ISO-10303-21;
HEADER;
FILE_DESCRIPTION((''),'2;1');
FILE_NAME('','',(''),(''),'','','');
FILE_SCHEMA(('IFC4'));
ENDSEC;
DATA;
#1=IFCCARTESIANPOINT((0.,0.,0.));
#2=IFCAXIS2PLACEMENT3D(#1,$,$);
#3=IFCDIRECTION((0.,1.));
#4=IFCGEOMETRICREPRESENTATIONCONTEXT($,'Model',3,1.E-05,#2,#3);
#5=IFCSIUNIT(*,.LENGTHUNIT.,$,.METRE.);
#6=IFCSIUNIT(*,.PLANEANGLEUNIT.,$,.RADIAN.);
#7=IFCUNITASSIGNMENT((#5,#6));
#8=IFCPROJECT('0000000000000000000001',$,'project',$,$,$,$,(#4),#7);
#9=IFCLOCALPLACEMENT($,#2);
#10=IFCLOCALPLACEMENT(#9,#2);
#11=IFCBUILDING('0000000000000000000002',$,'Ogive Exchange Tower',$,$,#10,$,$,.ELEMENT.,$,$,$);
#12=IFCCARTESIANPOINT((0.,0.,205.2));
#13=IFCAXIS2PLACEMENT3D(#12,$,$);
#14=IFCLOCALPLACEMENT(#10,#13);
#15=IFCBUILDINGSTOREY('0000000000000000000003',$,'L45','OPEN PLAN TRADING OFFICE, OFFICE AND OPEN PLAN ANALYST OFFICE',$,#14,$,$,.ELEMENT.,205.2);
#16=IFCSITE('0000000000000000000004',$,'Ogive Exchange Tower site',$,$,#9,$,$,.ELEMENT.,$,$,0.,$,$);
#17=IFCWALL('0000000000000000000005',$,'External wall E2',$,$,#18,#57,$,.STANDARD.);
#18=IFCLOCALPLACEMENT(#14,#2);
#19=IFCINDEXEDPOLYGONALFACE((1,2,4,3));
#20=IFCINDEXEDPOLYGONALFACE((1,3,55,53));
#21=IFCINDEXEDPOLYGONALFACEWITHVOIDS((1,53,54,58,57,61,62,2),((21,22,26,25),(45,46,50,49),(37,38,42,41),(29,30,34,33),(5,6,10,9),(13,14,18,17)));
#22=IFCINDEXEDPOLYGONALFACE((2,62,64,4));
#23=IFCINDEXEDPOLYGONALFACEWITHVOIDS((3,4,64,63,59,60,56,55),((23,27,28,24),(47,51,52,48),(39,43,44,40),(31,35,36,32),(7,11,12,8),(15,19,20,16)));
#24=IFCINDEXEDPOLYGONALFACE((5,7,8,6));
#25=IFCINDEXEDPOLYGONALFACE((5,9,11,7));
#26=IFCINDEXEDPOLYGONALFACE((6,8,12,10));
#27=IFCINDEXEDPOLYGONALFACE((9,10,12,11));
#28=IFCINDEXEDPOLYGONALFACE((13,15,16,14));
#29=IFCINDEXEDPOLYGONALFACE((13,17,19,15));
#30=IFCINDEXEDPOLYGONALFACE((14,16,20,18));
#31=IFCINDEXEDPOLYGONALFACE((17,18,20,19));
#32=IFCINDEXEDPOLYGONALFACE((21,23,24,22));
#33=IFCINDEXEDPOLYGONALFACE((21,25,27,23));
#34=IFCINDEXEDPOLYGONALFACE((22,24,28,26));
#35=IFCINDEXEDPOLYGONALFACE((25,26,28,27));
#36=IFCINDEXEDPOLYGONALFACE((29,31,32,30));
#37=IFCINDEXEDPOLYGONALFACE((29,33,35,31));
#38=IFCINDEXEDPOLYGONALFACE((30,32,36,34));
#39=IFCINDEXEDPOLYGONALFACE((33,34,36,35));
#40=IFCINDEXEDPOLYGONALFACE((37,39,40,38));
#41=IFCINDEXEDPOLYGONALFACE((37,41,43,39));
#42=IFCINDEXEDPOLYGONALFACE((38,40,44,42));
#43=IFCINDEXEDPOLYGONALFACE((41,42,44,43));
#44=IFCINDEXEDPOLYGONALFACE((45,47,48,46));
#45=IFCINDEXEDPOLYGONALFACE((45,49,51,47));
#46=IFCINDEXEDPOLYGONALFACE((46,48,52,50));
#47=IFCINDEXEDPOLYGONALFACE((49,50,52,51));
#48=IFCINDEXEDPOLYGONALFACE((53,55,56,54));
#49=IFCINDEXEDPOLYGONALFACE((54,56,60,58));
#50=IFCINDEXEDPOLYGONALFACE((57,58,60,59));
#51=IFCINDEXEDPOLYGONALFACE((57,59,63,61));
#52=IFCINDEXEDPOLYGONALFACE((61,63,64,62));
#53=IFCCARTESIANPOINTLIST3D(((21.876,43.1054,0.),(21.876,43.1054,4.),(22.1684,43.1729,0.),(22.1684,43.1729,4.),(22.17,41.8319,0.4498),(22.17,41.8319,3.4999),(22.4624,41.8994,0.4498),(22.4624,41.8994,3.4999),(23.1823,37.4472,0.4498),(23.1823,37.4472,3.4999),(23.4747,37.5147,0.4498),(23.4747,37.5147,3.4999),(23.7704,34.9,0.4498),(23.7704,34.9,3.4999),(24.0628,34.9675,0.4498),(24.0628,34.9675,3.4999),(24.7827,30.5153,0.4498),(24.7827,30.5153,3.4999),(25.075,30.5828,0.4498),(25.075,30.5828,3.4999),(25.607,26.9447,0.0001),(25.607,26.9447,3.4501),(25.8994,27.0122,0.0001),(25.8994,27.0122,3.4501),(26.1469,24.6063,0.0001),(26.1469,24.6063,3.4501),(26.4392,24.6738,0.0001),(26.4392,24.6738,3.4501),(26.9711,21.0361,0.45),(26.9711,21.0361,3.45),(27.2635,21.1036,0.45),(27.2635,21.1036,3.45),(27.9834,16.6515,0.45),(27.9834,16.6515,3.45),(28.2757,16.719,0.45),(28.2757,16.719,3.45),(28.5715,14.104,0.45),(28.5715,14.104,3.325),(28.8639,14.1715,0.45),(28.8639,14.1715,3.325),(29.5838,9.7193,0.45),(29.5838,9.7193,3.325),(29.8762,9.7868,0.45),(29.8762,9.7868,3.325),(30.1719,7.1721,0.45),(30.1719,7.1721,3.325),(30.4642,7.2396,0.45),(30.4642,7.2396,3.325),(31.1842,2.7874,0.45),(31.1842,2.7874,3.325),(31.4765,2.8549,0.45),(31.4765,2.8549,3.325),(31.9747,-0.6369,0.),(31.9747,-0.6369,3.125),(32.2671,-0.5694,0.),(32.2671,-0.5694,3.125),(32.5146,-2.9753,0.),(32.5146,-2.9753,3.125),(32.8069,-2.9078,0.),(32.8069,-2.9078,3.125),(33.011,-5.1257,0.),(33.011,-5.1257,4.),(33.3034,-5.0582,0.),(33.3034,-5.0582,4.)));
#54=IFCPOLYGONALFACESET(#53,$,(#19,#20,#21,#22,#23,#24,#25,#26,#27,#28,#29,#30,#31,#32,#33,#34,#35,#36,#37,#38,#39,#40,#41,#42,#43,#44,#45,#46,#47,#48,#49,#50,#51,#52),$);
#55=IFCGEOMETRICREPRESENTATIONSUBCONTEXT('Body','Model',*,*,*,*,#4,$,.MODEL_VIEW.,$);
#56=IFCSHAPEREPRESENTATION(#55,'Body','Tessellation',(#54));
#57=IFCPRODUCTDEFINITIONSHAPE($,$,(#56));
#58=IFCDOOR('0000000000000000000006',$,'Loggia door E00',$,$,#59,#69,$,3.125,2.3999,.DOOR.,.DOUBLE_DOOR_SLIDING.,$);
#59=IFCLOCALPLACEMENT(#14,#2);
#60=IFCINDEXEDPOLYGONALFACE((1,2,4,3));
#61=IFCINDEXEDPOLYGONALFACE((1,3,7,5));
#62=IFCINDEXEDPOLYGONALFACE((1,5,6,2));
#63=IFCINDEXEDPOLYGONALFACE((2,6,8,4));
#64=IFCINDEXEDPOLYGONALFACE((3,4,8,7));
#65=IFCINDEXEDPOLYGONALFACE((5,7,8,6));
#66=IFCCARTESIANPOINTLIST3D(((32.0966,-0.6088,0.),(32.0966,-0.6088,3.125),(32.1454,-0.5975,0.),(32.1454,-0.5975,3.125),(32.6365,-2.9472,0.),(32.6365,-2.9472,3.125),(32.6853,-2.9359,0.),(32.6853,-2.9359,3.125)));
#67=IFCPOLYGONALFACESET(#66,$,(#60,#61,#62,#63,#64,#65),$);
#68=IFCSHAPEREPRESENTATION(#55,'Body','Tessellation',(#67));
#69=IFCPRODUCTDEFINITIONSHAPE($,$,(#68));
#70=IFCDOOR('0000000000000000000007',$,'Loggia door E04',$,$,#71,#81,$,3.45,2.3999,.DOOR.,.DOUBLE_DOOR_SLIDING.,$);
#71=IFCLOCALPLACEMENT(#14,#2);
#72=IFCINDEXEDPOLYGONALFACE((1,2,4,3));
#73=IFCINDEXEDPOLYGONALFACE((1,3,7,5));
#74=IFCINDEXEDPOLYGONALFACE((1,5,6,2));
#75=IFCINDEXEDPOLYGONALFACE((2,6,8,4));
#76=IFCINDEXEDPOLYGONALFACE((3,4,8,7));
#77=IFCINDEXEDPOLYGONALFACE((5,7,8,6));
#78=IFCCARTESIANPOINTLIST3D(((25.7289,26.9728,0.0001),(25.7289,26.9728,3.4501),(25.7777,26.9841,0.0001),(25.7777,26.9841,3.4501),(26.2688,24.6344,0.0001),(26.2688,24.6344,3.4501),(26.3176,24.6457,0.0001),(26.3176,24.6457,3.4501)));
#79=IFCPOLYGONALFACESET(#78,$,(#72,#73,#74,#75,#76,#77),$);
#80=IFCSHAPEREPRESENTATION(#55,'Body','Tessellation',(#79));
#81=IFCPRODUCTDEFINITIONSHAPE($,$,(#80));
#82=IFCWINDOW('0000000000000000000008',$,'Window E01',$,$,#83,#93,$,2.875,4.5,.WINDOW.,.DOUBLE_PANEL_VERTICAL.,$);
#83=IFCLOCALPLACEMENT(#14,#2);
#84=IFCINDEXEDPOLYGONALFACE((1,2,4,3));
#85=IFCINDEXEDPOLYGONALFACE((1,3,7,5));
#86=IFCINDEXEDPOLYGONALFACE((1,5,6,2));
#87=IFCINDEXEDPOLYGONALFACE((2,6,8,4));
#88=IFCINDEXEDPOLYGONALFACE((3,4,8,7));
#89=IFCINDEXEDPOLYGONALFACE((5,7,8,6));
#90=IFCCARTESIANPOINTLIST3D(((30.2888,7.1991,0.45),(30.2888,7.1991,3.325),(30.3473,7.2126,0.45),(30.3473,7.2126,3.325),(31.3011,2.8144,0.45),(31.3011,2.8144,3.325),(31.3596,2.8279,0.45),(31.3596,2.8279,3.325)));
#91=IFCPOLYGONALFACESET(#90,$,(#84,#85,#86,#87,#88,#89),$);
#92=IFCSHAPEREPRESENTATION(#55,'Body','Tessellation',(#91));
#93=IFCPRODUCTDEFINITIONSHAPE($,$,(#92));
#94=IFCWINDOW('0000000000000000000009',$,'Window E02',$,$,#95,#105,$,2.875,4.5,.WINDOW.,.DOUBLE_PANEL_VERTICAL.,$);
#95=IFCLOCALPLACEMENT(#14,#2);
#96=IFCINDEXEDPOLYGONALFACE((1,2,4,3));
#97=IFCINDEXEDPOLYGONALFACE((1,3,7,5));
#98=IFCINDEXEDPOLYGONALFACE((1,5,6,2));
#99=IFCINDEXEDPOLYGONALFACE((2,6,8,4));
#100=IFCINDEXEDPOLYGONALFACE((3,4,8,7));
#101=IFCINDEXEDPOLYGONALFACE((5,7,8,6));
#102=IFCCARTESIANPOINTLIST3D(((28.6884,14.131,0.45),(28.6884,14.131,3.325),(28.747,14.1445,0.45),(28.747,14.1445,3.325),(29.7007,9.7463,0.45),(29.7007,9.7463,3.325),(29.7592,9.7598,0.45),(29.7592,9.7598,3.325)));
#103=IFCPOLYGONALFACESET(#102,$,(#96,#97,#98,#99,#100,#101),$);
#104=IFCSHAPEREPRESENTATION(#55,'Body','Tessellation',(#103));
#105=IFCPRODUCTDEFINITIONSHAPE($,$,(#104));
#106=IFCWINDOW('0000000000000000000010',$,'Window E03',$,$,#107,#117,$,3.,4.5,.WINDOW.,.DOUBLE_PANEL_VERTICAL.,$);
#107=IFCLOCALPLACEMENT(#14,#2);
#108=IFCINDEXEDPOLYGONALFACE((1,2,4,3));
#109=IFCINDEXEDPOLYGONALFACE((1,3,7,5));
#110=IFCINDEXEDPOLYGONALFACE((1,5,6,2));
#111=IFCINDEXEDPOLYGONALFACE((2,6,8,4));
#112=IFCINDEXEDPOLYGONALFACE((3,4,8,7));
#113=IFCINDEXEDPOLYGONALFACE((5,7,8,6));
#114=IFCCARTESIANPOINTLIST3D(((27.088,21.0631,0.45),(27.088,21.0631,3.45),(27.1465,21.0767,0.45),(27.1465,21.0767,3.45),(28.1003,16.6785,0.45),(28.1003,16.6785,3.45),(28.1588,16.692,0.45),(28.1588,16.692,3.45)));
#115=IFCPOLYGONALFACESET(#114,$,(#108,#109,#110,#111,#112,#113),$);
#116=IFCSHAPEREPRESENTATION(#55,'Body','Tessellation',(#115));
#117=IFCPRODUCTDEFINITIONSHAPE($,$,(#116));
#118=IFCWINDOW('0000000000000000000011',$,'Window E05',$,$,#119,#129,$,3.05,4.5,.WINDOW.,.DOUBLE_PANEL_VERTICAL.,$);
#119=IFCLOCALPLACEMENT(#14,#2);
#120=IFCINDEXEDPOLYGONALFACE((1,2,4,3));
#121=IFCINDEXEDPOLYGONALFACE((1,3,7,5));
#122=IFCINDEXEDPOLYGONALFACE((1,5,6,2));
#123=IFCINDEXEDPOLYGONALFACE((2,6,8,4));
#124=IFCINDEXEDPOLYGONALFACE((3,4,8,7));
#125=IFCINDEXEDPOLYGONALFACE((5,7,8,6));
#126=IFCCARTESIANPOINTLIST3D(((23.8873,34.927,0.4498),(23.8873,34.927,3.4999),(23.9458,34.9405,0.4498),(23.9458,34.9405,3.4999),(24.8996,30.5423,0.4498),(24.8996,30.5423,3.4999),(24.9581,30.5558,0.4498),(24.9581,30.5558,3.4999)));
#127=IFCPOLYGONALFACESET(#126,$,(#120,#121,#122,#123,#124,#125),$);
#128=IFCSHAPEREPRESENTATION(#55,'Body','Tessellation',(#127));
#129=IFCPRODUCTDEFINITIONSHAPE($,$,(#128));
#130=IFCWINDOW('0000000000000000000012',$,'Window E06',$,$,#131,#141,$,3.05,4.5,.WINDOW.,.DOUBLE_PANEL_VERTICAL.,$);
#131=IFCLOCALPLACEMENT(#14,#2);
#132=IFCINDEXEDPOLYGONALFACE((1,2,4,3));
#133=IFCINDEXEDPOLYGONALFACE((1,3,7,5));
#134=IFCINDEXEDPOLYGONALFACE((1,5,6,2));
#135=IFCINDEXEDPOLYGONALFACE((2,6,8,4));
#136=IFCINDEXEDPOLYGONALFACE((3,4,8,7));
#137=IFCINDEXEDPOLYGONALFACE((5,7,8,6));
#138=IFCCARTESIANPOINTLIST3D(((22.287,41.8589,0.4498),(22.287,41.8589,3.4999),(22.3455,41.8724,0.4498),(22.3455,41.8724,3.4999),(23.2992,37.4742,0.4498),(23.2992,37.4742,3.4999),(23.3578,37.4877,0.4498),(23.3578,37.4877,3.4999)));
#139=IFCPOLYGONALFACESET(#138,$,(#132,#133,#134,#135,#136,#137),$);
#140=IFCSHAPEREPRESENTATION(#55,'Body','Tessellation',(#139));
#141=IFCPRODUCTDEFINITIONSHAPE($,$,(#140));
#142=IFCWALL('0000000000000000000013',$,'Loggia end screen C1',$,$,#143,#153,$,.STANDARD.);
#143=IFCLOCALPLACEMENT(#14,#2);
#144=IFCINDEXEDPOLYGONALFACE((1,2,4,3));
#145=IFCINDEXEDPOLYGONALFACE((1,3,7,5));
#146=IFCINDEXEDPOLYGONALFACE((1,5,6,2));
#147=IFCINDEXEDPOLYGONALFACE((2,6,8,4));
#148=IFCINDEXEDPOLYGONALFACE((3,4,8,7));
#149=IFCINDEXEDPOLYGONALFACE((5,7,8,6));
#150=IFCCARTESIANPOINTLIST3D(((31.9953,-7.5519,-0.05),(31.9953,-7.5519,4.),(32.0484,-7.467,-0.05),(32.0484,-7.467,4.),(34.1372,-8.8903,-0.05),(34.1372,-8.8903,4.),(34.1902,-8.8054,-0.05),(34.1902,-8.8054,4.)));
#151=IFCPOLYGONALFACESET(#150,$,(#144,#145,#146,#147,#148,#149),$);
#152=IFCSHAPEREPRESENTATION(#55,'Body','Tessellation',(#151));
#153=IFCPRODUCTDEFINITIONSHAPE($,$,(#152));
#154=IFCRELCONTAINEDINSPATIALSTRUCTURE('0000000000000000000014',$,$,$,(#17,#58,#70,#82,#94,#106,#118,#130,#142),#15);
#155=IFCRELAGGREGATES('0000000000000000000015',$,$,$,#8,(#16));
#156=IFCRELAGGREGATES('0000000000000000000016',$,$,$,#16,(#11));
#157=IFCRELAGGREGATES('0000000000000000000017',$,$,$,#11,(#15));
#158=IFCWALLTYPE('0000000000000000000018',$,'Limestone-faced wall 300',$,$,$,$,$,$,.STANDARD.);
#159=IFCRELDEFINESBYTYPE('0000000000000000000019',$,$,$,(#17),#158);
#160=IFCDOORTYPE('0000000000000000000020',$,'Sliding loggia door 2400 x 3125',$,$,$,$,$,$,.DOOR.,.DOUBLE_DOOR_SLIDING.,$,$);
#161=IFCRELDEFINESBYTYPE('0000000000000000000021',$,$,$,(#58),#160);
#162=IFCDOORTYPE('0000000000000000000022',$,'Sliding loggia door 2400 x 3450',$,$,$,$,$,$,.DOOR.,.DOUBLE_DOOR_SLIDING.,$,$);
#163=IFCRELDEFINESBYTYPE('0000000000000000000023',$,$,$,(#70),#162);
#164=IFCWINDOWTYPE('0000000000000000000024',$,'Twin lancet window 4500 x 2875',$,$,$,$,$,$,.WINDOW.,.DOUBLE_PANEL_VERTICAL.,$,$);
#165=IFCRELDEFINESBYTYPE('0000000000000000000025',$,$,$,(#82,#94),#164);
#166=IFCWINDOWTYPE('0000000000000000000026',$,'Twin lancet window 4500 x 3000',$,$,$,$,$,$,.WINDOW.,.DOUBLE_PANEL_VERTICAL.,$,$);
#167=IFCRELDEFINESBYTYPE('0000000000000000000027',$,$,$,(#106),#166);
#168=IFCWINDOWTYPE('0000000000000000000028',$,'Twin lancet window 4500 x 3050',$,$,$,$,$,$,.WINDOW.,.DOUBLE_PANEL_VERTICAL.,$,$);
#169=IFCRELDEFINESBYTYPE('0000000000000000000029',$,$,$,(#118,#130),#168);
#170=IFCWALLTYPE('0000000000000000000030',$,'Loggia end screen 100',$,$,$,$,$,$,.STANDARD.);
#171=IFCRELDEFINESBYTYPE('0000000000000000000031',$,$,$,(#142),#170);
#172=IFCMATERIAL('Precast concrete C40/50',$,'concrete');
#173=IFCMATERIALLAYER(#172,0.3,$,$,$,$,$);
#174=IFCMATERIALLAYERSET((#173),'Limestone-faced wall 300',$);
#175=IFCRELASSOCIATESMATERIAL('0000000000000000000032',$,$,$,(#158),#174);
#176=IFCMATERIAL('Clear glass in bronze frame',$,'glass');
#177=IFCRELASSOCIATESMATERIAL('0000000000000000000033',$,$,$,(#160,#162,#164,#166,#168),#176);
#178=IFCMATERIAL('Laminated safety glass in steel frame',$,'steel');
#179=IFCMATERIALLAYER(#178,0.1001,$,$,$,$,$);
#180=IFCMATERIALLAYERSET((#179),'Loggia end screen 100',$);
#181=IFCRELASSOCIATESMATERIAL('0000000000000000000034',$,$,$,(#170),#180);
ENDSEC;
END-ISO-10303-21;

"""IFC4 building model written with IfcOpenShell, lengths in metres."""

from ifc_helpers import new_model, si_unit, direction, frame, frame_2d, origin, place, context, subcontext, project, spatial, rectangle, extrude, material, layer, layer_set, type_object, element, fill, save


model = new_model("IFC4")

# Units and contexts
model_context = context("Model", 3, precision=1e-05, world=origin(), true_north=direction((0.0, 1.0)))
body_context = subcontext(model_context, "Body", "Model", "MODEL_VIEW")
ifc_project = project(units=[si_unit("LENGTHUNIT", "METRE"), si_unit("PLANEANGLEUNIT", "RADIAN")], contexts=[model_context])

# Site, building, storey
site_placement = place(None, origin())
site = spatial("IfcSite", under=ifc_project, at=site_placement, Name="Ogive Exchange Tower site", CompositionType="ELEMENT", RefElevation=0.0)
building_placement = place(site_placement, origin())
building = spatial("IfcBuilding", under=site, at=building_placement, Name="Ogive Exchange Tower", CompositionType="ELEMENT")
storey_placement = place(building_placement, frame((0.0, 0.0, 205.2)))
storey = spatial("IfcBuildingStorey", under=building, at=storey_placement, Name="L45", Description="OPEN PLAN TRADING OFFICE, OFFICE AND OPEN PLAN ANALYST OFFICE", CompositionType="ELEMENT", Elevation=205.2)

# Wall, openings, doors, windows
ifc_material_1 = material(Name="Precast concrete C40/50", Category="concrete")
ifc_layer_1 = layer(ifc_material_1, 0.3)
ifc_layer_set_1 = layer_set([ifc_layer_1], Name="Limestone-faced wall 300")
wall_type_1 = type_object("IfcWallType", Name="Limestone-faced wall 300", PredefinedType="STANDARD", material=ifc_layer_set_1)
wall_1_placement = place(storey_placement, frame((33.1572, -5.092, 0.0), z_axis=(0.0, 0.0, 1.0), x_axis=(-0.22495, 0.97437, 0.0)))
wall_1 = element("IfcWall", 1, at=wall_1_placement, inside=storey, type_object=wall_type_1, Name="External wall E2", PredefinedType="STANDARD", context=body_context, shape_type="SweptSolid", body=[
    extrude(rectangle(XDim=49.4998, YDim=0.3, at=frame_2d((24.75, 0.0))), origin(), (0.0, 0.0, 1.0), 4.0),
])
opening_1_placement = place(wall_1_placement, frame((2.207, 0.0, 0.0)))
opening_1 = element("IfcOpeningElement", 2, at=opening_1_placement, cuts=wall_1, PredefinedType="OPENING", context=body_context, shape_type="SweptSolid", body=[
    extrude(rectangle(XDim=2.3999, YDim=3.125, at=frame_2d((1.2, 1.5625))), frame((0.0, 0.1599, 0.0), z_axis=(0.0, -1.0, 0.0), x_axis=(1.0, 0.0, 0.0)), (0.0, 0.0, 1.0), 0.3201),
])
opening_2_placement = place(wall_1_placement, frame((8.1213, 0.0, 0.45)))
opening_2 = element("IfcOpeningElement", 3, at=opening_2_placement, cuts=wall_1, PredefinedType="OPENING", context=body_context, shape_type="SweptSolid", body=[
    extrude(rectangle(XDim=4.5, YDim=2.875, at=frame_2d((2.25, 1.4375))), frame((0.0, 0.1599, 0.0), z_axis=(0.0, -1.0, 0.0), x_axis=(1.0, 0.0, 0.0)), (0.0, 0.0, 1.0), 0.3201),
])
opening_3_placement = place(wall_1_placement, frame((15.2356, 0.0, 0.45)))
opening_3 = element("IfcOpeningElement", 4, at=opening_3_placement, cuts=wall_1, PredefinedType="OPENING", context=body_context, shape_type="SweptSolid", body=[
    extrude(rectangle(XDim=4.5, YDim=2.875, at=frame_2d((2.25, 1.4375))), frame((0.0, 0.1599, 0.0), z_axis=(0.0, -1.0, 0.0), x_axis=(1.0, 0.0, 0.0)), (0.0, 0.0, 1.0), 0.3201),
])
opening_4_placement = place(wall_1_placement, frame((22.3501, 0.0, 0.45)))
opening_4 = element("IfcOpeningElement", 5, at=opening_4_placement, cuts=wall_1, PredefinedType="OPENING", context=body_context, shape_type="SweptSolid", body=[
    extrude(rectangle(XDim=4.5, YDim=3.0, at=frame_2d((2.25, 1.5))), frame((0.0, 0.1599, 0.0), z_axis=(0.0, -1.0, 0.0), x_axis=(1.0, 0.0, 0.0)), (0.0, 0.0, 1.0), 0.3201),
])
opening_5_placement = place(wall_1_placement, frame((30.5142, 0.0, 0.0)))
opening_5 = element("IfcOpeningElement", 6, at=opening_5_placement, cuts=wall_1, PredefinedType="OPENING", context=body_context, shape_type="SweptSolid", body=[
    extrude(rectangle(XDim=2.3999, YDim=3.45, at=frame_2d((1.2, 1.7251))), frame((0.0, 0.1599, 0.0), z_axis=(0.0, -1.0, 0.0), x_axis=(1.0, 0.0, 0.0)), (0.0, 0.0, 1.0), 0.3201),
])
opening_6_placement = place(wall_1_placement, frame((36.5786, 0.0, 0.45)))
opening_6 = element("IfcOpeningElement", 7, at=opening_6_placement, cuts=wall_1, PredefinedType="OPENING", context=body_context, shape_type="SweptSolid", body=[
    extrude(rectangle(XDim=4.5, YDim=3.05, at=frame_2d((2.25, 1.5249))), frame((0.0, 0.1599, 0.0), z_axis=(0.0, -1.0, 0.0), x_axis=(1.0, 0.0, 0.0)), (0.0, 0.0, 1.0), 0.3201),
])
opening_7_placement = place(wall_1_placement, frame((43.6929, 0.0, 0.45)))
opening_7 = element("IfcOpeningElement", 8, at=opening_7_placement, cuts=wall_1, PredefinedType="OPENING", context=body_context, shape_type="SweptSolid", body=[
    extrude(rectangle(XDim=4.5, YDim=3.05, at=frame_2d((2.25, 1.5249))), frame((0.0, 0.1599, 0.0), z_axis=(0.0, -1.0, 0.0), x_axis=(1.0, 0.0, 0.0)), (0.0, 0.0, 1.0), 0.3201),
])
ifc_material_2 = material(Name="Clear glass in bronze frame", Category="glass")
door_type_1 = type_object("IfcDoorType", Name="Sliding loggia door 2400 x 3125", OperationType="DOUBLE_DOOR_SLIDING", PredefinedType="DOOR", material=ifc_material_2)
door_1_placement = place(opening_1_placement, origin())
door_1 = element("IfcDoor", 9, at=door_1_placement, inside=storey, type_object=door_type_1, Name="Loggia door E00", OperationType="DOUBLE_DOOR_SLIDING", OverallHeight=3.125, OverallWidth=2.3999, PredefinedType="DOOR", context=body_context, shape_type="SweptSolid", body=[
    extrude(rectangle(XDim=2.3999, YDim=3.125, at=frame_2d((1.2, 1.5625))), frame((0.0, 0.0249, 0.0), z_axis=(0.0, -1.0, 0.0), x_axis=(1.0, 0.0, 0.0)), (0.0, 0.0, 1.0), 0.05),
])
fill(opening_1, door_1)
door_type_2 = type_object("IfcDoorType", Name="Sliding loggia door 2400 x 3450", OperationType="DOUBLE_DOOR_SLIDING", PredefinedType="DOOR", material=ifc_material_2)
door_2_placement = place(opening_5_placement, origin())
door_2 = element("IfcDoor", 10, at=door_2_placement, inside=storey, type_object=door_type_2, Name="Loggia door E04", OperationType="DOUBLE_DOOR_SLIDING", OverallHeight=3.45, OverallWidth=2.3999, PredefinedType="DOOR", context=body_context, shape_type="SweptSolid", body=[
    extrude(rectangle(XDim=2.3999, YDim=3.45, at=frame_2d((1.2, 1.7251))), frame((0.0, 0.0249, 0.0), z_axis=(0.0, -1.0, 0.0), x_axis=(1.0, 0.0, 0.0)), (0.0, 0.0, 1.0), 0.05),
])
fill(opening_5, door_2)
window_type_1 = type_object("IfcWindowType", Name="Twin lancet window 4500 x 2875", PartitioningType="DOUBLE_PANEL_VERTICAL", PredefinedType="WINDOW", material=ifc_material_2)
window_1_placement = place(opening_2_placement, origin())
window_1 = element("IfcWindow", 11, at=window_1_placement, inside=storey, type_object=window_type_1, Name="Window E01", OverallHeight=2.875, OverallWidth=4.5, PartitioningType="DOUBLE_PANEL_VERTICAL", PredefinedType="WINDOW", context=body_context, shape_type="SweptSolid", body=[
    extrude(rectangle(XDim=4.5, YDim=2.875, at=frame_2d((2.25, 1.4375))), frame((0.0, 0.03, 0.0), z_axis=(0.0, -1.0, 0.0), x_axis=(1.0, 0.0, 0.0)), (0.0, 0.0, 1.0), 0.0601),
])
fill(opening_2, window_1)
window_2_placement = place(opening_3_placement, origin())
window_2 = element("IfcWindow", 12, at=window_2_placement, inside=storey, type_object=window_type_1, Name="Window E02", OverallHeight=2.875, OverallWidth=4.5, PartitioningType="DOUBLE_PANEL_VERTICAL", PredefinedType="WINDOW", context=body_context, shape_type="SweptSolid", body=[
    extrude(rectangle(XDim=4.5, YDim=2.875, at=frame_2d((2.25, 1.4375))), frame((0.0, 0.03, 0.0), z_axis=(0.0, -1.0, 0.0), x_axis=(1.0, 0.0, 0.0)), (0.0, 0.0, 1.0), 0.0601),
])
fill(opening_3, window_2)
window_type_2 = type_object("IfcWindowType", Name="Twin lancet window 4500 x 3000", PartitioningType="DOUBLE_PANEL_VERTICAL", PredefinedType="WINDOW", material=ifc_material_2)
window_3_placement = place(opening_4_placement, origin())
window_3 = element("IfcWindow", 13, at=window_3_placement, inside=storey, type_object=window_type_2, Name="Window E03", OverallHeight=3.0, OverallWidth=4.5, PartitioningType="DOUBLE_PANEL_VERTICAL", PredefinedType="WINDOW", context=body_context, shape_type="SweptSolid", body=[
    extrude(rectangle(XDim=4.5, YDim=3.0, at=frame_2d((2.25, 1.5))), frame((0.0, 0.03, 0.0), z_axis=(0.0, -1.0, 0.0), x_axis=(1.0, 0.0, 0.0)), (0.0, 0.0, 1.0), 0.0601),
])
fill(opening_4, window_3)
window_type_3 = type_object("IfcWindowType", Name="Twin lancet window 4500 x 3050", PartitioningType="DOUBLE_PANEL_VERTICAL", PredefinedType="WINDOW", material=ifc_material_2)
window_4_placement = place(opening_6_placement, origin())
window_4 = element("IfcWindow", 14, at=window_4_placement, inside=storey, type_object=window_type_3, Name="Window E05", OverallHeight=3.05, OverallWidth=4.5, PartitioningType="DOUBLE_PANEL_VERTICAL", PredefinedType="WINDOW", context=body_context, shape_type="SweptSolid", body=[
    extrude(rectangle(XDim=4.5, YDim=3.05, at=frame_2d((2.25, 1.5249))), frame((0.0, 0.03, 0.0), z_axis=(0.0, -1.0, 0.0), x_axis=(1.0, 0.0, 0.0)), (0.0, 0.0, 1.0), 0.0601),
])
fill(opening_6, window_4)
window_5_placement = place(opening_7_placement, origin())
window_5 = element("IfcWindow", 15, at=window_5_placement, inside=storey, type_object=window_type_3, Name="Window E06", OverallHeight=3.05, OverallWidth=4.5, PartitioningType="DOUBLE_PANEL_VERTICAL", PredefinedType="WINDOW", context=body_context, shape_type="SweptSolid", body=[
    extrude(rectangle(XDim=4.5, YDim=3.05, at=frame_2d((2.25, 1.5249))), frame((0.0, 0.03, 0.0), z_axis=(0.0, -1.0, 0.0), x_axis=(1.0, 0.0, 0.0)), (0.0, 0.0, 1.0), 0.0601),
])
fill(opening_7, window_5)

# Wall
ifc_material_3 = material(Name="Laminated safety glass in steel frame", Category="steel")
ifc_layer_2 = layer(ifc_material_3, 0.1001)
ifc_layer_set_2 = layer_set([ifc_layer_2], Name="Loggia end screen 100")
wall_type_2 = type_object("IfcWallType", Name="Loggia end screen 100", PredefinedType="STANDARD", material=ifc_layer_set_2)
wall_2_placement = place(storey_placement, frame((32.022, -7.5095, -0.05), z_axis=(0.0, 0.0, 1.0), x_axis=(0.848047, -0.529921, 0.0)))
element("IfcWall", 16, at=wall_2_placement, inside=storey, type_object=wall_type_2, Name="Loggia end screen C1", PredefinedType="STANDARD", context=body_context, shape_type="SweptSolid", body=[
    extrude(rectangle(XDim=2.5256, YDim=0.1001, at=frame_2d((1.2627, 0.0))), origin(), (0.0, 0.0, 1.0), 4.05),
])

save(model, "model.ifc")
